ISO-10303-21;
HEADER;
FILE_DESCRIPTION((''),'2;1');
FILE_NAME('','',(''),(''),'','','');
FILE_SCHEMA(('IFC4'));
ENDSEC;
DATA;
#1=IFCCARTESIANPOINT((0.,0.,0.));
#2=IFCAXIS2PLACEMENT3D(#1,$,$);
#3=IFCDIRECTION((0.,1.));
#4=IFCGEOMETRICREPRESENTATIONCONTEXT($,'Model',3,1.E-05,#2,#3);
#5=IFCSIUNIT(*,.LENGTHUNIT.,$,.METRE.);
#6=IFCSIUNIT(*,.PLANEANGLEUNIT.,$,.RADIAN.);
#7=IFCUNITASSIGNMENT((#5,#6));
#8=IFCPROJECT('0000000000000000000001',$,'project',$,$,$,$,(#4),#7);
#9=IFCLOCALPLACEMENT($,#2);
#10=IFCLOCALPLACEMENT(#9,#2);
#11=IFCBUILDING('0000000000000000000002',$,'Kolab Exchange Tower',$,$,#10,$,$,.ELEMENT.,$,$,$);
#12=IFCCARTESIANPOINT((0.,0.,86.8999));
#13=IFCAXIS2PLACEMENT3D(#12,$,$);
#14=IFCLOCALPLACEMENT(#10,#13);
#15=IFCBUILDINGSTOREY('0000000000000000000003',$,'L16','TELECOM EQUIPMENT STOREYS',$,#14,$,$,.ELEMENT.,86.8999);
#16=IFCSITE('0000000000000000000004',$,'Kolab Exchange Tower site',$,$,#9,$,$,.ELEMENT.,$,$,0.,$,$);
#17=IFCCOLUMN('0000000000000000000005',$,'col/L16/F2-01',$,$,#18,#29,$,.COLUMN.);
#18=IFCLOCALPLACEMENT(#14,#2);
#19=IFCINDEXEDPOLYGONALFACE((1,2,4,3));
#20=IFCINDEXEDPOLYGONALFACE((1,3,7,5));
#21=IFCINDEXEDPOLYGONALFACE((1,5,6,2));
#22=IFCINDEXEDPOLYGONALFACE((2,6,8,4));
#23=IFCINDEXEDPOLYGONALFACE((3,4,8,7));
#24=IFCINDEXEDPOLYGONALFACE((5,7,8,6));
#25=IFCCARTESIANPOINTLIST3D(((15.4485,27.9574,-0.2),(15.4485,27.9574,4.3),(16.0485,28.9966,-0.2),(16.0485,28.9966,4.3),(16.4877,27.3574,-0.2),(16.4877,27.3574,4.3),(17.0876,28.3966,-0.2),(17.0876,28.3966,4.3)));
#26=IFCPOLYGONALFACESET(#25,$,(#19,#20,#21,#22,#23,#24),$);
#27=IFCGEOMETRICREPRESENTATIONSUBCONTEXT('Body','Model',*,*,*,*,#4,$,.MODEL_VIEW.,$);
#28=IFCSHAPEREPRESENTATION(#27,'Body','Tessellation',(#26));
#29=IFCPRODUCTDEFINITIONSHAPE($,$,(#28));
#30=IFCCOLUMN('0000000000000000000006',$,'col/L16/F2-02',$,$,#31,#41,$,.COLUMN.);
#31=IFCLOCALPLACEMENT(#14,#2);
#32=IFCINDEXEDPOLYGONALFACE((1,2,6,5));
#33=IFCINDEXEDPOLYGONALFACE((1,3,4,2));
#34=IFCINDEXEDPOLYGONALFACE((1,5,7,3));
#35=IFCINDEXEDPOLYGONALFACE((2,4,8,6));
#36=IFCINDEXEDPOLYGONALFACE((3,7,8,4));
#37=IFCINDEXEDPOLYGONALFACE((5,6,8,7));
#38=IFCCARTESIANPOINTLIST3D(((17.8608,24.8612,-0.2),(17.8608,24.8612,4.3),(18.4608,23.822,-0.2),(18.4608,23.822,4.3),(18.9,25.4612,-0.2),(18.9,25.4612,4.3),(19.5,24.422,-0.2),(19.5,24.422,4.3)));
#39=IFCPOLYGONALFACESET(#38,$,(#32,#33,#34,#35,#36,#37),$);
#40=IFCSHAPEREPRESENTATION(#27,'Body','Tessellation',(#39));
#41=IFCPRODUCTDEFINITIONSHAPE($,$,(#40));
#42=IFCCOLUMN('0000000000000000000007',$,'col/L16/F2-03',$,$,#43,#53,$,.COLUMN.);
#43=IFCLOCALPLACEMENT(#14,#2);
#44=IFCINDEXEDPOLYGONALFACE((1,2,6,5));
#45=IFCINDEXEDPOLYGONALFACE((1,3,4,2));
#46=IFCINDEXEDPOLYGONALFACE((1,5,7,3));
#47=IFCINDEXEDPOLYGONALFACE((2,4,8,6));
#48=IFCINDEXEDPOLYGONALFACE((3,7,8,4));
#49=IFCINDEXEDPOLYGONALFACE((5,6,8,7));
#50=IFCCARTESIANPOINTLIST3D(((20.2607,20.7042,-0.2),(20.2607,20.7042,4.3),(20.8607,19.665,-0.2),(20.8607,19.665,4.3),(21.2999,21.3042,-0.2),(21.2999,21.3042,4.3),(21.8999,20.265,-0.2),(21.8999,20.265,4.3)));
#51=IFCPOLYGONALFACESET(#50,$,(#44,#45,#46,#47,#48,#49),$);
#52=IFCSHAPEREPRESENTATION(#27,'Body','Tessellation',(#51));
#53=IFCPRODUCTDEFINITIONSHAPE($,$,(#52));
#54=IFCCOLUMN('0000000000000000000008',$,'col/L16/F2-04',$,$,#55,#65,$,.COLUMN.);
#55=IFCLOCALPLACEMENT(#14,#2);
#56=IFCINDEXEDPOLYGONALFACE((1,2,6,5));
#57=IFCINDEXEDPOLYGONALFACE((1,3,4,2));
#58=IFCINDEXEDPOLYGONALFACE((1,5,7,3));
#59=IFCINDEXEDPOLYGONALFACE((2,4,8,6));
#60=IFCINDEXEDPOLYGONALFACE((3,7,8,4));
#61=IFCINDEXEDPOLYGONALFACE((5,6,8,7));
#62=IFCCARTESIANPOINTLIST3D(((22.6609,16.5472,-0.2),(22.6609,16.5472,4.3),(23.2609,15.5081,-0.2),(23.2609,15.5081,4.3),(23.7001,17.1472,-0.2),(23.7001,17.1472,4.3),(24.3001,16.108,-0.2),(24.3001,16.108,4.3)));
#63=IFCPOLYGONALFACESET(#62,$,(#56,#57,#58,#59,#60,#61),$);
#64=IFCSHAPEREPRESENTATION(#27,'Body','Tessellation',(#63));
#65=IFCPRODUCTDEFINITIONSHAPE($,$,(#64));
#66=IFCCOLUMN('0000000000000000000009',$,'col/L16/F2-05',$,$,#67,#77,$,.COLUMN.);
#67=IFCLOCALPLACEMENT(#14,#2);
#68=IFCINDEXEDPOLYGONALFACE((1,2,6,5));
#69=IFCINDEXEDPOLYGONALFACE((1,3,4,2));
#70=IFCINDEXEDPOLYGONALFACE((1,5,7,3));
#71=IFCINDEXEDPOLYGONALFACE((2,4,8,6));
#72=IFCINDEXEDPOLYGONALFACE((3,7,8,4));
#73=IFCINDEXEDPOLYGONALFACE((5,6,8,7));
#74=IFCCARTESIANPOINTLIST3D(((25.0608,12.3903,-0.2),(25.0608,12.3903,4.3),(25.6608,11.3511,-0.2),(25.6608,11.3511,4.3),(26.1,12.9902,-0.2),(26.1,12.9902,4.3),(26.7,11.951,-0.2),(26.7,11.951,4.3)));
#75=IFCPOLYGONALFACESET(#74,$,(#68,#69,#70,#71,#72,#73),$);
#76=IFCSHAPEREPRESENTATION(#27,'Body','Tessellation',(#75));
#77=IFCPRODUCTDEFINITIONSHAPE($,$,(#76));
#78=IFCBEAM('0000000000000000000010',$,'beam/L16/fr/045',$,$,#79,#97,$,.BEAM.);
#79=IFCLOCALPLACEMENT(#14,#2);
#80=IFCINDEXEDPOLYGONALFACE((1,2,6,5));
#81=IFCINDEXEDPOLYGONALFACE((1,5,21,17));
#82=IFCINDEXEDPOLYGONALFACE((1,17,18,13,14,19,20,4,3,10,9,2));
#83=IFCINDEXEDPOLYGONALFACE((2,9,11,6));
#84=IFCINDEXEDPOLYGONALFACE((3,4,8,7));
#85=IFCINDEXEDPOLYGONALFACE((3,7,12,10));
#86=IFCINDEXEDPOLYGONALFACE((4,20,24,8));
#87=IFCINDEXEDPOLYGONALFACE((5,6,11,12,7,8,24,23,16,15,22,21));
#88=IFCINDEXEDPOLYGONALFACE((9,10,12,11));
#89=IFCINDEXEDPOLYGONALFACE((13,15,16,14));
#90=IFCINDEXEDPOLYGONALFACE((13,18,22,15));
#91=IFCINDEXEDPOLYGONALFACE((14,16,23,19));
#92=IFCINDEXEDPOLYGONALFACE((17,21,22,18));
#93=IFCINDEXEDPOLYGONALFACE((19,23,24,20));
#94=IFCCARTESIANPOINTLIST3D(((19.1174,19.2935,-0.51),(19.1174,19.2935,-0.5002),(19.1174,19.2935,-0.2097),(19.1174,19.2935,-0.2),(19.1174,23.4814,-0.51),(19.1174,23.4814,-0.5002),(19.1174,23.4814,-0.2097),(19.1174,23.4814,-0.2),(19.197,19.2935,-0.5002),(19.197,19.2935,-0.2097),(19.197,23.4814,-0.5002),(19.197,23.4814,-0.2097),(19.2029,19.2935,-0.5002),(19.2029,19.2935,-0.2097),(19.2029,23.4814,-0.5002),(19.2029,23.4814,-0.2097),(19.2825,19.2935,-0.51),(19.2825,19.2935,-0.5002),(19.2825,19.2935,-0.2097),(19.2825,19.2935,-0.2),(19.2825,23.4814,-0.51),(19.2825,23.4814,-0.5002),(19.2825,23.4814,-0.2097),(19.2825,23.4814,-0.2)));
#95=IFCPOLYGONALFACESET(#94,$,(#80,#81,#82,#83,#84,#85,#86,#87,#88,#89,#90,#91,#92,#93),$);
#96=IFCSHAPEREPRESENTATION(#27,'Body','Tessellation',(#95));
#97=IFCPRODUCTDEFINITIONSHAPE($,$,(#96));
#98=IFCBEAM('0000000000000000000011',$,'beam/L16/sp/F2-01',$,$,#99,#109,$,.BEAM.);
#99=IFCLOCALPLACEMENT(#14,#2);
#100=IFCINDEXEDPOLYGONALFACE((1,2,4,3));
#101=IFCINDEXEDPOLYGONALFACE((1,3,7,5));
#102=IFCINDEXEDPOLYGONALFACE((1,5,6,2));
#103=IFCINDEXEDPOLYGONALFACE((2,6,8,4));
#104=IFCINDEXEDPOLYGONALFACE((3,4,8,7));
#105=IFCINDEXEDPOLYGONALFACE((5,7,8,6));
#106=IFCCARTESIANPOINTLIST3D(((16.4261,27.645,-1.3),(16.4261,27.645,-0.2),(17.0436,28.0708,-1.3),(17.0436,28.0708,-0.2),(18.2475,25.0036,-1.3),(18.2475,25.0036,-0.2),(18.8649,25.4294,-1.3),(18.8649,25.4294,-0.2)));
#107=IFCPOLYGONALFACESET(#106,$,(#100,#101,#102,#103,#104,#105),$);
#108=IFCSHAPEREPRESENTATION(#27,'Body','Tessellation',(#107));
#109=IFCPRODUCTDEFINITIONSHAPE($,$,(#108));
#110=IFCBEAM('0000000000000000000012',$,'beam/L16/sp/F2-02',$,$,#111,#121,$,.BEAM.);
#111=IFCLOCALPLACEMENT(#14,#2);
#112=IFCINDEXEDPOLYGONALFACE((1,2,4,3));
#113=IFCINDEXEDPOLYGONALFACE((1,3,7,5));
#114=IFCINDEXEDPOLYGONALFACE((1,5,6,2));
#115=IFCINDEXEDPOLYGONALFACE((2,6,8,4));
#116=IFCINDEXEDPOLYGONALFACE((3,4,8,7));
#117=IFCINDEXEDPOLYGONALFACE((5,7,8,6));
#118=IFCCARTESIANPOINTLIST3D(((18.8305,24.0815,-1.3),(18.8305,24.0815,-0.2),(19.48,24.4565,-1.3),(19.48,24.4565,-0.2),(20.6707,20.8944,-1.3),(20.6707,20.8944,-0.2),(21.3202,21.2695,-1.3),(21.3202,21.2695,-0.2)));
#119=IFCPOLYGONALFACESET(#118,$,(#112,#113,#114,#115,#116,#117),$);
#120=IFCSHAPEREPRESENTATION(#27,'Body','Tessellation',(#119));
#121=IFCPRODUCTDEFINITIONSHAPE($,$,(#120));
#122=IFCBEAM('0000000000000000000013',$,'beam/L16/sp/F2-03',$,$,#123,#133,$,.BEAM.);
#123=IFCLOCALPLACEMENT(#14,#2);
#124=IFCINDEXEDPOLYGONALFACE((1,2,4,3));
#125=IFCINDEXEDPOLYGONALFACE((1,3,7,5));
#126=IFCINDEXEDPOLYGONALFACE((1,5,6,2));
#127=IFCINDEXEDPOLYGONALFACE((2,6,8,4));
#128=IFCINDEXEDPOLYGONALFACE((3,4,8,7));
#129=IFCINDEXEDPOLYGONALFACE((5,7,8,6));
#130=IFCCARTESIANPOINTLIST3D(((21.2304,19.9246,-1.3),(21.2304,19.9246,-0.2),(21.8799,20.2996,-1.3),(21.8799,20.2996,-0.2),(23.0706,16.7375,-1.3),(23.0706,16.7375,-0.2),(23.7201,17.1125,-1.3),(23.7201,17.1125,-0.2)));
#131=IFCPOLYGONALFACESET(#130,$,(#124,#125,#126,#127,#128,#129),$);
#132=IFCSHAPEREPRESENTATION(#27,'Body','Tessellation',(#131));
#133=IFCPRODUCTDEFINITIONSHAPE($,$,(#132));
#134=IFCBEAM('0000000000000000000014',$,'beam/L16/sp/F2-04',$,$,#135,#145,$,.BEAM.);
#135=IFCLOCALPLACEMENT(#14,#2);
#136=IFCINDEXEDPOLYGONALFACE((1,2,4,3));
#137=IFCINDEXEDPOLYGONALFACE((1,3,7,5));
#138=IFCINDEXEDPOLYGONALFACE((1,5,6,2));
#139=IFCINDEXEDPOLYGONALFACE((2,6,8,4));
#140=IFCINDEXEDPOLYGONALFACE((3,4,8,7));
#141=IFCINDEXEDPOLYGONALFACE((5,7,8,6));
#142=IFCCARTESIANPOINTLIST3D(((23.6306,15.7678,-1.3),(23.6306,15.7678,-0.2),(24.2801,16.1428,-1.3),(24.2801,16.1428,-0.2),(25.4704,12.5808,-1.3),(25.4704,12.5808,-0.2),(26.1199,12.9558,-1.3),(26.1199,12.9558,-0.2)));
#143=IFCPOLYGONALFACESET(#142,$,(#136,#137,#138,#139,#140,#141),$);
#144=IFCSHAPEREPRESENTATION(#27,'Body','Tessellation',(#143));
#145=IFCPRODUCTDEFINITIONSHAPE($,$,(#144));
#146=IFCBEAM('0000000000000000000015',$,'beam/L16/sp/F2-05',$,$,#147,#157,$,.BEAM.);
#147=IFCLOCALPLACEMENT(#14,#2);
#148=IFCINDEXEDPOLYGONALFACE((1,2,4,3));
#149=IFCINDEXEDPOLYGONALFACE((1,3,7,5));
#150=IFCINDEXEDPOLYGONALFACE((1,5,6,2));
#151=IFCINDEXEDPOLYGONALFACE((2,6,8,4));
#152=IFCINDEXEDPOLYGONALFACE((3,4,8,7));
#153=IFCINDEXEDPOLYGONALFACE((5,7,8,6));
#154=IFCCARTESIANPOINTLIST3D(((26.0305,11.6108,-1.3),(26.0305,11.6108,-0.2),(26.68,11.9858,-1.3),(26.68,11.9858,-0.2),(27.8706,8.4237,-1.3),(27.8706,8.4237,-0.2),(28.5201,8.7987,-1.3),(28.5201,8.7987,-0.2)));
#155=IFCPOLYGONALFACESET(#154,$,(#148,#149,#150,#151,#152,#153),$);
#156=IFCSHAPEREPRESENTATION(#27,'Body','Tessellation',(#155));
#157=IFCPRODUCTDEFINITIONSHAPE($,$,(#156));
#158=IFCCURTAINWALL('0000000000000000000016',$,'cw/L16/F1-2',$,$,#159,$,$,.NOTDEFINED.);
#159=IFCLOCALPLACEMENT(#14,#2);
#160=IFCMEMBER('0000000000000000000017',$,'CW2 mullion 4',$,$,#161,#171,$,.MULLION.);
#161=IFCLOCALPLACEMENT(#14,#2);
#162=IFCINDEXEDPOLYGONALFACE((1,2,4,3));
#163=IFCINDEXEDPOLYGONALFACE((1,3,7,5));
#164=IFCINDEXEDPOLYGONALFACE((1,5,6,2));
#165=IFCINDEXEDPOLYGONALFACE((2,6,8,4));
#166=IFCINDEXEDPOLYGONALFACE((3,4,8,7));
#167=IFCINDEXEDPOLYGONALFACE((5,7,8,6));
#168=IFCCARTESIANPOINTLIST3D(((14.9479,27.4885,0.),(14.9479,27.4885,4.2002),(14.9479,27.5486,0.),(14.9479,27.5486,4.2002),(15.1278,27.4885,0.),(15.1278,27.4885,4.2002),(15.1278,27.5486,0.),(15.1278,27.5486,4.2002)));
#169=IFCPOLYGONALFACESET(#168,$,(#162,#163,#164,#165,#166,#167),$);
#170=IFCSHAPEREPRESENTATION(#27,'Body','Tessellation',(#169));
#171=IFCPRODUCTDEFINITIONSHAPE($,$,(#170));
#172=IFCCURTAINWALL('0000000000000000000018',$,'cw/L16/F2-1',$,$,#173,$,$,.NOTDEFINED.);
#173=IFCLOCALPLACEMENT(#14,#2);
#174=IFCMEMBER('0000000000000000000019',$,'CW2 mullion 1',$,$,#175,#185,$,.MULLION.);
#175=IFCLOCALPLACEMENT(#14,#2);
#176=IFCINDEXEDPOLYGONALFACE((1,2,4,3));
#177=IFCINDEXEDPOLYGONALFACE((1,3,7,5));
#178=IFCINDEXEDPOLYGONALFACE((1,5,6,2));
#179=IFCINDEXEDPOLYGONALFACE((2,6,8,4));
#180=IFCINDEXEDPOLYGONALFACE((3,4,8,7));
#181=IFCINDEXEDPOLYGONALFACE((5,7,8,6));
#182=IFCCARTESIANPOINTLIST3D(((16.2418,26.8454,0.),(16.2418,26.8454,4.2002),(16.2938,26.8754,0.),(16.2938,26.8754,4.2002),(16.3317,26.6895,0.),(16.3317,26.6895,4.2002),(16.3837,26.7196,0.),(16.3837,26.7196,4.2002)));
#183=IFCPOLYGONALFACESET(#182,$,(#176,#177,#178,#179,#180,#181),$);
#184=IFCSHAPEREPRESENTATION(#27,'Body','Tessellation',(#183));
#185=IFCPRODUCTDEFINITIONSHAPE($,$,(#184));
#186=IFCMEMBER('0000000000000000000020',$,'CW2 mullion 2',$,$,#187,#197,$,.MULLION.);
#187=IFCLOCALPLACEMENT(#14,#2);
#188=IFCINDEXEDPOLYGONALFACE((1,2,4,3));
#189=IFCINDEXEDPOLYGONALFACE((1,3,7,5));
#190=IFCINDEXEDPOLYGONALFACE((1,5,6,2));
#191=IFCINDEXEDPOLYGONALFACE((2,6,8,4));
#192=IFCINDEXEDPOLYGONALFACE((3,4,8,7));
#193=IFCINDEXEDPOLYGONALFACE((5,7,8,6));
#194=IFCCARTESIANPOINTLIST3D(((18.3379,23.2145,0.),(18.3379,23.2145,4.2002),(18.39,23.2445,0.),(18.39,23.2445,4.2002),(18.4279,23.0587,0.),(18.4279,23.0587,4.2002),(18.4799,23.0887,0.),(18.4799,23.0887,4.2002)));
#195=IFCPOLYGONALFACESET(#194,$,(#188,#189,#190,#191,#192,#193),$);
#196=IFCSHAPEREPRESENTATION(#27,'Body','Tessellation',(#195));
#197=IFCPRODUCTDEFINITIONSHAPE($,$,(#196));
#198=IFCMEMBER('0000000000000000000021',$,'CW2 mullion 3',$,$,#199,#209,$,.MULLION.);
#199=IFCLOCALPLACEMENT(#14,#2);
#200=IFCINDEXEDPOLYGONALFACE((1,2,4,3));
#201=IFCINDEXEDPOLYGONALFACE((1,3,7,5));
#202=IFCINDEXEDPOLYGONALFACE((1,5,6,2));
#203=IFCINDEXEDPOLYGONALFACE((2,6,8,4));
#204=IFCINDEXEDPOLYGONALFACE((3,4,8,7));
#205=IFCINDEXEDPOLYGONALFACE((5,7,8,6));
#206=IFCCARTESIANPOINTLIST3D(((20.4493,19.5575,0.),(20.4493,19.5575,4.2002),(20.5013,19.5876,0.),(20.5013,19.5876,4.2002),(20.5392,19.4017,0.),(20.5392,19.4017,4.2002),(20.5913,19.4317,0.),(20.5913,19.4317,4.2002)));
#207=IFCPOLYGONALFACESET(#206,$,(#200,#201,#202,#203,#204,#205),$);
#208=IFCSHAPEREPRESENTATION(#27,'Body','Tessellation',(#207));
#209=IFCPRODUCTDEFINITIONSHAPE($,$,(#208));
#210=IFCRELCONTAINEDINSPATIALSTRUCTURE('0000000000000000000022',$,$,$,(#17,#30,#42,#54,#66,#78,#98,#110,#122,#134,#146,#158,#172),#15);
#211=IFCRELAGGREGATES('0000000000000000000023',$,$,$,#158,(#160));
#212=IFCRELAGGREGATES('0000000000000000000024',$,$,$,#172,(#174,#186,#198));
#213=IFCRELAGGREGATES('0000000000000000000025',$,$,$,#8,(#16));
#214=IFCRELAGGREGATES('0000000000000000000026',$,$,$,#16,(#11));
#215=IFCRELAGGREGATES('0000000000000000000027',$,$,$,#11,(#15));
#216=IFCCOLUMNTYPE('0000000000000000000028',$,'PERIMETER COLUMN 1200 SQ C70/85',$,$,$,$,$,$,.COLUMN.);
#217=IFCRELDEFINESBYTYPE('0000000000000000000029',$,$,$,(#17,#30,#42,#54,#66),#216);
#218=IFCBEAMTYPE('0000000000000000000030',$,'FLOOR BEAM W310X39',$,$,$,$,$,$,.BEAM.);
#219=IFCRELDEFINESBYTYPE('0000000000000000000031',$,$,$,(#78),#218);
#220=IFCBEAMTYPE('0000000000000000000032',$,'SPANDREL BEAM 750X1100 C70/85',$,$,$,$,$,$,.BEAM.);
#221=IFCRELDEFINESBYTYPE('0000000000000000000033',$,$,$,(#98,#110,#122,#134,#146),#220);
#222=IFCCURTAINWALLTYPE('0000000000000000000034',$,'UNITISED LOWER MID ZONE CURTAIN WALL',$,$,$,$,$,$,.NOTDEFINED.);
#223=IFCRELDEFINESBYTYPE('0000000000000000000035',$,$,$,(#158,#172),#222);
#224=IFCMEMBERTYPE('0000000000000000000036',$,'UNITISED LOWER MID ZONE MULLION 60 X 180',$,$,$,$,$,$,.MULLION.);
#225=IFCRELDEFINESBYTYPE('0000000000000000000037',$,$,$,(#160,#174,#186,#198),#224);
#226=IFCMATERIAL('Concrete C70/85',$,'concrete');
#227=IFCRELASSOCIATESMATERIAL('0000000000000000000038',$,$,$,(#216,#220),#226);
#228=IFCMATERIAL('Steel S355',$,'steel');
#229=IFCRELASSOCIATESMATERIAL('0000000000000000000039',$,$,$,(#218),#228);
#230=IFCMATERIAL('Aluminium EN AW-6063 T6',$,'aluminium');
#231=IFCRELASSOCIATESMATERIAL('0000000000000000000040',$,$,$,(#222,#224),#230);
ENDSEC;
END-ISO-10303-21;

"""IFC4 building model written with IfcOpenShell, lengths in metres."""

from ifc_helpers import new_model, si_unit, direction, frame, origin, origin_2d, place, context, subcontext, project, spatial, rectangle, i_section, extrude, material, material_profile, profile_set, type_object, element, aggregate, save


model = new_model("IFC4")

# Units and contexts
model_context = context("Model", 3, precision=1e-05, world=origin(), true_north=direction((0.0, 1.0)))
body_context = subcontext(model_context, "Body", "Model", "MODEL_VIEW")
ifc_project = project(units=[si_unit("LENGTHUNIT", "METRE"), si_unit("PLANEANGLEUNIT", "RADIAN")], contexts=[model_context])

# Site, building, storey
site_placement = place(None, origin())
site = spatial("IfcSite", under=ifc_project, at=site_placement, Name="Kolab Exchange Tower site", CompositionType="ELEMENT", RefElevation=0.0)
building_placement = place(site_placement, origin())
building = spatial("IfcBuilding", under=site, at=building_placement, Name="Kolab Exchange Tower", CompositionType="ELEMENT")
storey_placement = place(building_placement, frame((0.0, 0.0, 86.8999)))
storey = spatial("IfcBuildingStorey", under=building, at=storey_placement, Name="L16", Description="TELECOM EQUIPMENT STOREYS", CompositionType="ELEMENT", Elevation=86.8999)

# Columns
ifc_material_1 = material(Name="Concrete C70/85", Category="concrete")
ifc_material_profile_1 = material_profile(ifc_material_1, rectangle(XDim=1.2, YDim=1.2, at=origin_2d()), Name="RC1200")
ifc_profile_set_1 = profile_set([ifc_material_profile_1], Name="Concrete C70/85")
column_type = type_object("IfcColumnType", Name="PERIMETER COLUMN 1200 SQ C70/85", PredefinedType="COLUMN", material=ifc_profile_set_1)
for number, where, z_axis, x_axis, name in (
    (1, (16.2681, 28.177, -0.2), (0.0, 0.0, 1.0), (0.5, 0.866025, 0.0), "col/L16/F2-01"),
    (2, (18.6804, 24.6416, -0.2), (0.0, 0.0, 1.0), (0.866025, 0.5, 0.0), "col/L16/F2-02"),
    (3, (21.0803, 20.4846, -0.2), (0.0, 0.0, 1.0), (0.866025, 0.5, 0.0), "col/L16/F2-03"),
    (4, (23.4805, 16.3276, -0.2), (0.0, 0.0, 1.0), (0.866025, 0.5, 0.0), "col/L16/F2-04"),
    (5, (25.8804, 12.1707, -0.2), (0.0, 0.0, 1.0), (0.866025, 0.5, 0.0), "col/L16/F2-05"),
):
    element("IfcColumn", number, at=place(storey_placement, frame(where, z_axis=z_axis, x_axis=x_axis)), inside=storey, type_object=column_type, Name=name, PredefinedType="COLUMN", context=body_context, shape_type="SweptSolid", body=[
        extrude(rectangle(XDim=1.2, YDim=1.2, at=origin_2d()), origin(), (0.0, 0.0, 1.0), 4.5),
    ])

# Beams
ifc_material_2 = material(Name="Steel S355", Category="steel")
ifc_material_profile_2 = material_profile(ifc_material_2, i_section(OverallWidth=0.165, OverallDepth=0.3101, WebThickness=0.0059, FlangeThickness=0.0098, at=origin_2d()), Name="W310X39")
ifc_profile_set_2 = profile_set([ifc_material_profile_2], Name="Steel S355")
beam_type_1 = type_object("IfcBeamType", Name="FLOOR BEAM W310X39", PredefinedType="BEAM", material=ifc_profile_set_2)
beam_1_placement = place(storey_placement, frame((19.2, 19.2935, -0.355), z_axis=(0.0, 1.0, 0.0), x_axis=(-1.0, 0.0, 0.0)))
element("IfcBeam", 6, at=beam_1_placement, inside=storey, type_object=beam_type_1, Name="beam/L16/fr/045", PredefinedType="BEAM", context=body_context, shape_type="SweptSolid", body=[
    extrude(i_section(OverallWidth=0.165, OverallDepth=0.3101, WebThickness=0.0059, FlangeThickness=0.0098, at=origin_2d()), origin(), (0.0, 0.0, 1.0), 4.188),
])
ifc_material_profile_3 = material_profile(ifc_material_1, rectangle(XDim=0.75, YDim=1.1001, at=origin_2d()), Name="RC750X1100")
ifc_profile_set_3 = profile_set([ifc_material_profile_3], Name="Concrete C70/85")
beam_type_2 = type_object("IfcBeamType", Name="SPANDREL BEAM 750X1100 C70/85", PredefinedType="BEAM", material=ifc_profile_set_3)
beam_2_placement = place(storey_placement, frame((16.7349, 27.8579, -0.75), z_axis=(0.567662, -0.823262, 0.0), x_axis=(0.823262, 0.567662, 0.0)))
element("IfcBeam", 7, at=beam_2_placement, inside=storey, type_object=beam_type_2, Name="beam/L16/sp/F2-01", PredefinedType="BEAM", context=body_context, shape_type="SweptSolid", body=[
    extrude(rectangle(XDim=0.75, YDim=1.1001, at=origin_2d()), origin(), (0.0, 0.0, 1.0), 3.2085),
])
for number, where, z_axis, x_axis, name in (
    (8, (19.1553, 24.269, -0.75), (0.500013, -0.866018, 0.0), (0.866018, 0.500013, 0.0), "beam/L16/sp/F2-02"),
    (9, (21.5552, 20.1121, -0.75), (0.500013, -0.866018, 0.0), (0.866018, 0.500013, 0.0), "beam/L16/sp/F2-03"),
):
    element("IfcBeam", number, at=place(storey_placement, frame(where, z_axis=z_axis, x_axis=x_axis)), inside=storey, type_object=beam_type_2, Name=name, PredefinedType="BEAM", context=body_context, shape_type="SweptSolid", body=[
        extrude(rectangle(XDim=0.75, YDim=1.1001, at=origin_2d()), origin(), (0.0, 0.0, 1.0), 3.6802),
    ])
beam_3_placement = place(storey_placement, frame((23.9553, 15.9553, -0.75), z_axis=(0.499964, -0.866046, 0.0), x_axis=(0.866046, 0.499964, 0.0)))
element("IfcBeam", 10, at=beam_3_placement, inside=storey, type_object=beam_type_2, Name="beam/L16/sp/F2-04", PredefinedType="BEAM", context=body_context, shape_type="SweptSolid", body=[
    extrude(rectangle(XDim=0.75, YDim=1.1001, at=origin_2d()), origin(), (0.0, 0.0, 1.0), 3.6799),
])
beam_4_placement = place(storey_placement, frame((26.3552, 11.7983, -0.75), z_axis=(0.500013, -0.866018, 0.0), x_axis=(0.866018, 0.500013, 0.0)))
element("IfcBeam", 11, at=beam_4_placement, inside=storey, type_object=beam_type_2, Name="beam/L16/sp/F2-05", PredefinedType="BEAM", context=body_context, shape_type="SweptSolid", body=[
    extrude(rectangle(XDim=0.75, YDim=1.1001, at=origin_2d()), origin(), (0.0, 0.0, 1.0), 3.6802),
])

# Curtain wall, member
ifc_material_3 = material(Name="Aluminium EN AW-6063 T6", Category="aluminium")
curtain_wall_type = type_object("IfcCurtainWallType", Name="UNITISED LOWER MID ZONE CURTAIN WALL", PredefinedType="NOTDEFINED", material=ifc_material_3)
curtain_wall_1_placement = place(storey_placement, origin())
curtain_wall_1 = element("IfcCurtainWall", 12, at=curtain_wall_1_placement, inside=storey, type_object=curtain_wall_type, Name="cw/L16/F1-2", PredefinedType="NOTDEFINED")
ifc_material_profile_4 = material_profile(ifc_material_3, rectangle(XDim=0.0601, YDim=0.1799, at=origin_2d()), Name="RECT 60X180")
ifc_profile_set_4 = profile_set([ifc_material_profile_4], Name="Aluminium EN AW-6063 T6")
member_type_1 = type_object("IfcMemberType", Name="UNITISED LOWER MID ZONE MULLION 60 X 180", PredefinedType="MULLION", material=ifc_profile_set_4)
member_1_placement = place(storey_placement, frame((15.0378, 27.5186, 0.0), z_axis=(0.0, 0.0, 1.0), x_axis=(0.0, 1.0, 0.0)))
member_1 = element("IfcMember", 13, at=member_1_placement, type_object=member_type_1, Name="CW2 mullion 4", PredefinedType="MULLION", context=body_context, shape_type="SweptSolid", body=[
    extrude(rectangle(XDim=0.0601, YDim=0.1799, at=origin_2d()), origin(), (0.0, 0.0, 1.0), 4.2002),
])
aggregate(curtain_wall_1, [member_1])

# Curtain wall, members
curtain_wall_2_placement = place(storey_placement, origin())
curtain_wall_2 = element("IfcCurtainWall", 14, at=curtain_wall_2_placement, inside=storey, type_object=curtain_wall_type, Name="cw/L16/F2-1", PredefinedType="NOTDEFINED")
member_2_placement = place(storey_placement, frame((16.3127, 26.7825, 0.0), z_axis=(0.0, 0.0, 1.0), x_axis=(0.866025, 0.5, 0.0)))
member_2 = element("IfcMember", 15, at=member_2_placement, type_object=member_type_1, Name="CW2 mullion 1", PredefinedType="MULLION", context=body_context, shape_type="SweptSolid", body=[
    extrude(rectangle(XDim=0.0601, YDim=0.1799, at=origin_2d()), origin(), (0.0, 0.0, 1.0), 4.2002),
])
member_3_placement = place(storey_placement, frame((18.4089, 23.1516, 0.0), z_axis=(0.0, 0.0, 1.0), x_axis=(0.866025, 0.5, 0.0)))
member_3 = element("IfcMember", 16, at=member_3_placement, type_object=member_type_1, Name="CW2 mullion 2", PredefinedType="MULLION", context=body_context, shape_type="SweptSolid", body=[
    extrude(rectangle(XDim=0.0601, YDim=0.1799, at=origin_2d()), origin(), (0.0, 0.0, 1.0), 4.2002),
])
member_4_placement = place(storey_placement, frame((20.5203, 19.4946, 0.0), z_axis=(0.0, 0.0, 1.0), x_axis=(0.866025, 0.5, 0.0)))
member_4 = element("IfcMember", 17, at=member_4_placement, type_object=member_type_1, Name="CW2 mullion 3", PredefinedType="MULLION", context=body_context, shape_type="SweptSolid", body=[
    extrude(rectangle(XDim=0.0601, YDim=0.1799, at=origin_2d()), origin(), (0.0, 0.0, 1.0), 4.2002),
])

aggregate(curtain_wall_2, [member_2, member_3, member_4])

save(model, "model.ifc")
